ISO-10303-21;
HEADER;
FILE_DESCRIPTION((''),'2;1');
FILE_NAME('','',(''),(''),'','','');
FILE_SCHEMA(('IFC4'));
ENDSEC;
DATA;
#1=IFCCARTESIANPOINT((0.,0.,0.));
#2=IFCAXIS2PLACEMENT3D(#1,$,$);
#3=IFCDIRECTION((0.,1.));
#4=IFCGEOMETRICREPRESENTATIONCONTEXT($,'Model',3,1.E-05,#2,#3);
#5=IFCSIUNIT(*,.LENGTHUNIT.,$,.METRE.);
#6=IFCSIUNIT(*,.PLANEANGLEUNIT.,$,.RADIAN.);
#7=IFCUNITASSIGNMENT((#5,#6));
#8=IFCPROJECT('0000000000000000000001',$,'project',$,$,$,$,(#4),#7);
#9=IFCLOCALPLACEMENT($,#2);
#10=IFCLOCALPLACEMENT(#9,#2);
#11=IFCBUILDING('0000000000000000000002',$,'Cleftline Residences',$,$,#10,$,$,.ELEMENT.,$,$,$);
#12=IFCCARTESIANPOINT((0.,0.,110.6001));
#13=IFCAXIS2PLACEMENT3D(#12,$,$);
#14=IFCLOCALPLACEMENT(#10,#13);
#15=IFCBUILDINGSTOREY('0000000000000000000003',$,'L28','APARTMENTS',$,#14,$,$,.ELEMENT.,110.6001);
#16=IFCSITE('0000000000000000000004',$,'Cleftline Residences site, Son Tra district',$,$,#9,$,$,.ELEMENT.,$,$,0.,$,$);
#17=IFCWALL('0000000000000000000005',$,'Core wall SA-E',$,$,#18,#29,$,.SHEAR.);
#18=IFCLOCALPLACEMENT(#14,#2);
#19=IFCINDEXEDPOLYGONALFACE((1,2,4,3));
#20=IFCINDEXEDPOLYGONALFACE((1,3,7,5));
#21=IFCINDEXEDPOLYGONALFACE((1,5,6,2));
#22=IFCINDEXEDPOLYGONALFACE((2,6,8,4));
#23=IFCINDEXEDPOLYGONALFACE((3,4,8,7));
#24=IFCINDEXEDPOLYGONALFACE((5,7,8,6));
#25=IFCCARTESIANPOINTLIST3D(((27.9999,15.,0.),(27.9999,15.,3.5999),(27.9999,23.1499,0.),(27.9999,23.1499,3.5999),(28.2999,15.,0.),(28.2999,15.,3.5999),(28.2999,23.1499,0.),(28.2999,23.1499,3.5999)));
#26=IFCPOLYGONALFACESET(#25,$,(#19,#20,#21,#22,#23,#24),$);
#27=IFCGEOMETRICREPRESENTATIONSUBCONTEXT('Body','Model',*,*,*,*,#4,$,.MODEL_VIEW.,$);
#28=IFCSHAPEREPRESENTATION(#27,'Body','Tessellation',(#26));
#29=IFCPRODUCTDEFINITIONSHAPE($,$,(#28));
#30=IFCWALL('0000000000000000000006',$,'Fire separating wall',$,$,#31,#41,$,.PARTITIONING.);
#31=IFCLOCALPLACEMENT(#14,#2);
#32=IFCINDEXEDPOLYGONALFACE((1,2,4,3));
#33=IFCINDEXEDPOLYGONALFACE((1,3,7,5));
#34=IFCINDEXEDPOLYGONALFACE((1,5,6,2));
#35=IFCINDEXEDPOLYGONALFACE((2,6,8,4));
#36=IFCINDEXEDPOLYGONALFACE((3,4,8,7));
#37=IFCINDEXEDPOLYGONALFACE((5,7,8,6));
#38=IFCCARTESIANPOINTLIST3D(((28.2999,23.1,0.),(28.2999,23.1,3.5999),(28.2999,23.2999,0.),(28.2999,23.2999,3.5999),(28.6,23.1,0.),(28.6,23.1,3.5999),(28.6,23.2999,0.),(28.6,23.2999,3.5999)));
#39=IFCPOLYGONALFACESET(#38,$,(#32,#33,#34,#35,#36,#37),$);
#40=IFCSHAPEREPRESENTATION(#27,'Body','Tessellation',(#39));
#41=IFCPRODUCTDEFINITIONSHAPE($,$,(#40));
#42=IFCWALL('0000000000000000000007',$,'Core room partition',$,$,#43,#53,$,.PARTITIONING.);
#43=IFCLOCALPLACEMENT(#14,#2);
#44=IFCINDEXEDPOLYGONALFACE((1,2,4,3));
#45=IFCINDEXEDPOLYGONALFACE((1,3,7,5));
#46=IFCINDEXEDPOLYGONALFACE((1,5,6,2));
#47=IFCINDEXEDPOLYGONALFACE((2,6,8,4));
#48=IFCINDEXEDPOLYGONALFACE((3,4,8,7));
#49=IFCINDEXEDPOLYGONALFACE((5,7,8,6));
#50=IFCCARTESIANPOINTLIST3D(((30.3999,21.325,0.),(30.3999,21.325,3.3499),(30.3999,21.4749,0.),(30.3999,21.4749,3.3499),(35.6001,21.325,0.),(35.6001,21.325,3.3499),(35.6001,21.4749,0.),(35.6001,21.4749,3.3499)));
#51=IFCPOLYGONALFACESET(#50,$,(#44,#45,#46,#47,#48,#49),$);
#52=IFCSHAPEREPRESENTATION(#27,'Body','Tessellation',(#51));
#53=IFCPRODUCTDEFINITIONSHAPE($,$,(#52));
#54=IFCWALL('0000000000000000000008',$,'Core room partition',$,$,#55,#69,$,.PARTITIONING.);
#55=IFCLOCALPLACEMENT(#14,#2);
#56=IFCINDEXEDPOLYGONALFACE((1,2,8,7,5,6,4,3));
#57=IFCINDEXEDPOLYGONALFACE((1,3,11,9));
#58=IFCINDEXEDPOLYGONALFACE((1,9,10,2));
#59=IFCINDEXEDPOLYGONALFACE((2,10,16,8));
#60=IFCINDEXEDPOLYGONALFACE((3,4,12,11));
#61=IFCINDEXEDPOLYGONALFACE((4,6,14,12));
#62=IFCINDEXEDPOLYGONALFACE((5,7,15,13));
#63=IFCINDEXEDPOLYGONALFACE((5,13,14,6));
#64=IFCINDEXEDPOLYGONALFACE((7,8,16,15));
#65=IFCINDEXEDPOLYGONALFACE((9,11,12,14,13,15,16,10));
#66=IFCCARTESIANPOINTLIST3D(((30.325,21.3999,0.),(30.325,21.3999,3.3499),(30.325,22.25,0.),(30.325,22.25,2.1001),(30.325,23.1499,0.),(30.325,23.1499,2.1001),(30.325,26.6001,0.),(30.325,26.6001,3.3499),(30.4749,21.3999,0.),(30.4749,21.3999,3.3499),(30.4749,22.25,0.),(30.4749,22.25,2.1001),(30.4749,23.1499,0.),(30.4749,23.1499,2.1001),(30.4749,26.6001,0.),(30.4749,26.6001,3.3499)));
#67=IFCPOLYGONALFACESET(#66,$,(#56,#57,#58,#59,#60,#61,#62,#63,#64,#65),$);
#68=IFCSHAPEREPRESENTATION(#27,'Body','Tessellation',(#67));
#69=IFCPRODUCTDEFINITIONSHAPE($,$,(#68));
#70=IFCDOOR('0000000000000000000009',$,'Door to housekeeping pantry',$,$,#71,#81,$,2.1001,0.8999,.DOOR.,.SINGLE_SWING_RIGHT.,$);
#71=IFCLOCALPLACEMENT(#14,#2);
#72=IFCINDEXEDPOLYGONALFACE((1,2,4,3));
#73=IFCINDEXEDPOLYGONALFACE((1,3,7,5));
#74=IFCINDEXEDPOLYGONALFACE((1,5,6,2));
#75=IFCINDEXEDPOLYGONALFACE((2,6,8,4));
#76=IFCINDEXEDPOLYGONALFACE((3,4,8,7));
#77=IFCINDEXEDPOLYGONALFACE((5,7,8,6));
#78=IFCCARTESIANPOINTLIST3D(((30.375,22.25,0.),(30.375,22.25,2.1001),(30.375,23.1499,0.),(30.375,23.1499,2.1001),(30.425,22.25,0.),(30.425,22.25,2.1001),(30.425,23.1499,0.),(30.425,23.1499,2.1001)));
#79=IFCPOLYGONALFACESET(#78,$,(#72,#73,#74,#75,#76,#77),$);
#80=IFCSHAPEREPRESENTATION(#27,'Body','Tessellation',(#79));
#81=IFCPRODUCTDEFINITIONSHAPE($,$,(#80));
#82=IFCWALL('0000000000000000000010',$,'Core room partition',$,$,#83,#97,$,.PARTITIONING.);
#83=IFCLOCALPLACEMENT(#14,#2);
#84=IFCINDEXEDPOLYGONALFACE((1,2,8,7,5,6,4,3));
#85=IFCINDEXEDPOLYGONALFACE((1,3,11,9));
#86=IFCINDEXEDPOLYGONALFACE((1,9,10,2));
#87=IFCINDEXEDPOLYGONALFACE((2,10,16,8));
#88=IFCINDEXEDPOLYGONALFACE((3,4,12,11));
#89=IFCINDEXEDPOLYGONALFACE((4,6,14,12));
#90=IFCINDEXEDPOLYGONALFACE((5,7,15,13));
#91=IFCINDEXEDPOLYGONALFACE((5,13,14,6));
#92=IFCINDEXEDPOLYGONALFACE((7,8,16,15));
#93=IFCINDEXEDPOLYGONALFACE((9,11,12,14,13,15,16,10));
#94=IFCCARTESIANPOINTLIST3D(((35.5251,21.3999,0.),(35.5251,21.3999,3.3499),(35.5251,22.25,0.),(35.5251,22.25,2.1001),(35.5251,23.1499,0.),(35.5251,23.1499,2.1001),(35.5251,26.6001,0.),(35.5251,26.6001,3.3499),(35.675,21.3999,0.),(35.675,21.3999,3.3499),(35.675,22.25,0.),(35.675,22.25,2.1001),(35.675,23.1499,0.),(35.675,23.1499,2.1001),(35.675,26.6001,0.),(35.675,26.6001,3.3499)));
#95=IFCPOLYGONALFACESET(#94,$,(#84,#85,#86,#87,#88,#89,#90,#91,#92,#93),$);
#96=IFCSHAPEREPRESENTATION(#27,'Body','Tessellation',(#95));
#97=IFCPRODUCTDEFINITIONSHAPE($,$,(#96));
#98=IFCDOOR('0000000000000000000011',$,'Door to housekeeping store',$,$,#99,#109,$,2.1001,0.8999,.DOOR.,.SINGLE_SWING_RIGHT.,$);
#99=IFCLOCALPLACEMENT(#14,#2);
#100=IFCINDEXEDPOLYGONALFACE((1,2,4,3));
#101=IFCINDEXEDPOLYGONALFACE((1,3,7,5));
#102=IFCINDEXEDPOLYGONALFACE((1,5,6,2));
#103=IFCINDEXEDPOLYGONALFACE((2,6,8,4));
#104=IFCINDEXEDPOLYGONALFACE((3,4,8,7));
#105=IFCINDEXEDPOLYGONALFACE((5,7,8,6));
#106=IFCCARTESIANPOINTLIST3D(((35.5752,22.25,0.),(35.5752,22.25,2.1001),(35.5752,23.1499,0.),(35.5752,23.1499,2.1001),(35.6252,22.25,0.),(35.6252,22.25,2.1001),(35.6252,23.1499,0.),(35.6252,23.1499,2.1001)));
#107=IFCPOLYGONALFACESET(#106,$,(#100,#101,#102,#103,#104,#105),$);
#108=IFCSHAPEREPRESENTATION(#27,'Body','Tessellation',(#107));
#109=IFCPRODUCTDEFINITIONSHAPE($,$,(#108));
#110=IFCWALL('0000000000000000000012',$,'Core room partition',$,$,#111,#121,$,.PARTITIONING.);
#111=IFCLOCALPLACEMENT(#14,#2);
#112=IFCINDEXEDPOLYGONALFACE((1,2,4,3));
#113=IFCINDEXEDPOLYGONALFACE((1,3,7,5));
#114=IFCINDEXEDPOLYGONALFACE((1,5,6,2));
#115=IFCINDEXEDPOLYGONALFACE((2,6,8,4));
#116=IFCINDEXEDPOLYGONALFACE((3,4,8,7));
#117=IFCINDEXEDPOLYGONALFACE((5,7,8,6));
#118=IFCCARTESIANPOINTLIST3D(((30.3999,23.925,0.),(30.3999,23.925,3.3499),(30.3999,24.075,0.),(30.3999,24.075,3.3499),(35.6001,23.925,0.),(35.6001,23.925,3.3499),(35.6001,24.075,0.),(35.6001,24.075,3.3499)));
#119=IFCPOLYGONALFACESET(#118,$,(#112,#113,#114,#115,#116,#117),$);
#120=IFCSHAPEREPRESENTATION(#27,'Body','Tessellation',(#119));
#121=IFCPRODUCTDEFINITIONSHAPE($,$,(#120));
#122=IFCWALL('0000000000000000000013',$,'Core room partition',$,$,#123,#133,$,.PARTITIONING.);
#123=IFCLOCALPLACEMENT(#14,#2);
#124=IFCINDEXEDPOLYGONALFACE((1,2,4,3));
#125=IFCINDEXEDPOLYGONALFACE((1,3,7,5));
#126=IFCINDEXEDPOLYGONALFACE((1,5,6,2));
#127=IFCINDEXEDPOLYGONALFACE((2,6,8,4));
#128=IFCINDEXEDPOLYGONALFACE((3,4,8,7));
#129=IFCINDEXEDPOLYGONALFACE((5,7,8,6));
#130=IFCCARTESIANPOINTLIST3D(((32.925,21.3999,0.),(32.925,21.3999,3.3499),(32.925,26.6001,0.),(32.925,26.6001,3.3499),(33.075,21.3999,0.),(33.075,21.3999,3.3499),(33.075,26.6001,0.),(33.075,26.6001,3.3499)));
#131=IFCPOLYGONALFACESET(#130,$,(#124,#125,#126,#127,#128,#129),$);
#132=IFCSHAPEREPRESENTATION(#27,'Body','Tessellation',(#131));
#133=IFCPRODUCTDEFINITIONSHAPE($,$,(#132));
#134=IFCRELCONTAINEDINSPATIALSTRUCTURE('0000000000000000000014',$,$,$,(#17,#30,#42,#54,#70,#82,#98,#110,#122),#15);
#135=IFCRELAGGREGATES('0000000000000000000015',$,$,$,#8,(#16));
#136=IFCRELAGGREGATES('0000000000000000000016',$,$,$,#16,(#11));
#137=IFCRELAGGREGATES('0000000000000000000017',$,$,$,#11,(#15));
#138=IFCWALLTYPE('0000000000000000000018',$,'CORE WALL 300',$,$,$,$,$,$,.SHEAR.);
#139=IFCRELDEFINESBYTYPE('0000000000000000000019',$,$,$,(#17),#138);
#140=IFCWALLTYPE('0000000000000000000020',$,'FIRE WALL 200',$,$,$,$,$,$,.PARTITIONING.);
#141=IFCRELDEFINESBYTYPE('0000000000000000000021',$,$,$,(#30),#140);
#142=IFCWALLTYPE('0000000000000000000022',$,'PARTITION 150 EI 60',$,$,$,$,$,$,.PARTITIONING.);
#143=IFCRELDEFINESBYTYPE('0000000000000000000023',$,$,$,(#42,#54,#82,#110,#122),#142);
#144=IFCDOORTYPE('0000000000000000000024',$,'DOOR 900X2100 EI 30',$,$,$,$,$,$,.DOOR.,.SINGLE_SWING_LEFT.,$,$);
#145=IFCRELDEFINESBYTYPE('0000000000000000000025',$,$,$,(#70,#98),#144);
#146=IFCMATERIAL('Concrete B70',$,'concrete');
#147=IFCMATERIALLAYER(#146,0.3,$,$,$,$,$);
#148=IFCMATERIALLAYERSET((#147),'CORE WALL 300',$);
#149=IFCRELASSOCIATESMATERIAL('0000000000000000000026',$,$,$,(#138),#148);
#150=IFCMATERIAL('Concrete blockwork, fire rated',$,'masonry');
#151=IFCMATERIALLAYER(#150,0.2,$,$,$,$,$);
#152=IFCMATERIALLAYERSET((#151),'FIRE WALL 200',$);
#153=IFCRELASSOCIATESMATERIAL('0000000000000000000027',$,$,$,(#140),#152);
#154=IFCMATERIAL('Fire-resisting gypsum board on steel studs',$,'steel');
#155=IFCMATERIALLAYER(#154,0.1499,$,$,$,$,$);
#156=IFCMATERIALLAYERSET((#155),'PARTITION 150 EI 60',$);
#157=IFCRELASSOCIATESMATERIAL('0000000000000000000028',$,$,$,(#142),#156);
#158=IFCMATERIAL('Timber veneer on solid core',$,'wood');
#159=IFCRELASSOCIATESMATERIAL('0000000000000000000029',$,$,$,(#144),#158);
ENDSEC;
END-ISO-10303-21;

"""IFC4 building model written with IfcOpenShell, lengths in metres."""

from ifc_helpers import new_model, si_unit, direction, frame, frame_2d, origin, place, context, subcontext, project, spatial, rectangle, extrude, material, layer, layer_set, type_object, element, fill, save


model = new_model("IFC4")

# Units and contexts
model_context = context("Model", 3, precision=1e-05, world=origin(), true_north=direction((0.0, 1.0)))
body_context = subcontext(model_context, "Body", "Model", "MODEL_VIEW")
ifc_project = project(units=[si_unit("LENGTHUNIT", "METRE"), si_unit("PLANEANGLEUNIT", "RADIAN")], contexts=[model_context])

# Site, building, storey
site_placement = place(None, origin())
site = spatial("IfcSite", under=ifc_project, at=site_placement, Name="Cleftline Residences site, Son Tra district", CompositionType="ELEMENT", RefElevation=0.0)
building_placement = place(site_placement, origin())
building = spatial("IfcBuilding", under=site, at=building_placement, Name="Cleftline Residences", CompositionType="ELEMENT")
storey_placement = place(building_placement, frame((0.0, 0.0, 110.6001)))
storey = spatial("IfcBuildingStorey", under=building, at=storey_placement, Name="L28", Description="APARTMENTS", CompositionType="ELEMENT", Elevation=110.6001)

# Walls
ifc_material_1 = material(Name="Concrete B70", Category="concrete")
ifc_layer_1 = layer(ifc_material_1, 0.3)
ifc_layer_set_1 = layer_set([ifc_layer_1], Name="CORE WALL 300")
wall_type_1 = type_object("IfcWallType", Name="CORE WALL 300", PredefinedType="SHEAR", material=ifc_layer_set_1)
wall_1_placement = place(storey_placement, frame((28.1499, 15.0, 0.0), z_axis=(0.0, 0.0, 1.0), x_axis=(0.0, 1.0, 0.0)))
element("IfcWall", 1, at=wall_1_placement, inside=storey, type_object=wall_type_1, Name="Core wall SA-E", PredefinedType="SHEAR", context=body_context, shape_type="SweptSolid", body=[
    extrude(rectangle(XDim=8.1499, YDim=0.3, at=frame_2d((4.075, 0.0))), origin(), (0.0, 0.0, 1.0), 3.5999),
])
ifc_material_2 = material(Name="Concrete blockwork, fire rated", Category="masonry")
ifc_layer_2 = layer(ifc_material_2, 0.2)
ifc_layer_set_2 = layer_set([ifc_layer_2], Name="FIRE WALL 200")
wall_type_2 = type_object("IfcWallType", Name="FIRE WALL 200", PredefinedType="PARTITIONING", material=ifc_layer_set_2)
wall_2_placement = place(storey_placement, frame((28.3, 23.2, 0.0), z_axis=(0.0, 0.0, 1.0), x_axis=(1.0, 0.0, 0.0)))
element("IfcWall", 2, at=wall_2_placement, inside=storey, type_object=wall_type_2, Name="Fire separating wall", PredefinedType="PARTITIONING", context=body_context, shape_type="SweptSolid", body=[
    extrude(rectangle(XDim=0.3, YDim=0.2, at=frame_2d((0.1499, 0.0))), origin(), (0.0, 0.0, 1.0), 3.5999),
])
ifc_material_3 = material(Name="Fire-resisting gypsum board on steel studs", Category="steel")
ifc_layer_3 = layer(ifc_material_3, 0.1499)
ifc_layer_set_3 = layer_set([ifc_layer_3], Name="PARTITION 150 EI 60")
wall_type_3 = type_object("IfcWallType", Name="PARTITION 150 EI 60", PredefinedType="PARTITIONING", material=ifc_layer_set_3)
wall_3_placement = place(storey_placement, frame((30.3999, 21.3999, 0.0), z_axis=(0.0, 0.0, 1.0), x_axis=(1.0, 0.0, 0.0)))
element("IfcWall", 3, at=wall_3_placement, inside=storey, type_object=wall_type_3, Name="Core room partition", PredefinedType="PARTITIONING", context=body_context, shape_type="SweptSolid", body=[
    extrude(rectangle(XDim=5.2002, YDim=0.1499, at=frame_2d((2.6001, 0.0))), origin(), (0.0, 0.0, 1.0), 3.3499),
])

# Walls, openings, doors
wall_4_placement = place(storey_placement, frame((30.3999, 21.3999, 0.0), z_axis=(0.0, 0.0, 1.0), x_axis=(0.0, 1.0, 0.0)))
wall_4 = element("IfcWall", 4, at=wall_4_placement, inside=storey, type_object=wall_type_3, Name="Core room partition", PredefinedType="PARTITIONING", context=body_context, shape_type="SweptSolid", body=[
    extrude(rectangle(XDim=5.2002, YDim=0.1499, at=frame_2d((2.6001, 0.0))), origin(), (0.0, 0.0, 1.0), 3.3499),
])
opening_1_placement = place(wall_4_placement, frame((0.8501, 0.0, 0.0)))
opening_1 = element("IfcOpeningElement", 5, at=opening_1_placement, cuts=wall_4, PredefinedType="OPENING", context=body_context, shape_type="SweptSolid", body=[
    extrude(rectangle(XDim=0.8999, YDim=2.1001, at=frame_2d((0.45, 1.05))), frame((0.0, 0.085, 0.0), z_axis=(0.0, -1.0, 0.0), x_axis=(1.0, 0.0, 0.0)), (0.0, 0.0, 1.0), 0.1699),
])
ifc_material_4 = material(Name="Timber veneer on solid core", Category="wood")
door_type_1 = type_object("IfcDoorType", Name="DOOR 900X2100 EI 30", OperationType="SINGLE_SWING_LEFT", PredefinedType="DOOR", material=ifc_material_4)
door_1_placement = place(opening_1_placement, origin())
door_1 = element("IfcDoor", 6, at=door_1_placement, inside=storey, type_object=door_type_1, Name="Door to housekeeping pantry", OperationType="SINGLE_SWING_RIGHT", OverallHeight=2.1001, OverallWidth=0.8999, PredefinedType="DOOR", context=body_context, shape_type="SweptSolid", body=[
    extrude(rectangle(XDim=0.8999, YDim=2.1001, at=frame_2d((0.45, 1.05))), frame((0.0, 0.0249, 0.0), z_axis=(0.0, -1.0, 0.0), x_axis=(1.0, 0.0, 0.0)), (0.0, 0.0, 1.0), 0.05),
])
fill(opening_1, door_1)
wall_5_placement = place(storey_placement, frame((35.6001, 21.3999, 0.0), z_axis=(0.0, 0.0, 1.0), x_axis=(0.0, 1.0, 0.0)))
wall_5 = element("IfcWall", 7, at=wall_5_placement, inside=storey, type_object=wall_type_3, Name="Core room partition", PredefinedType="PARTITIONING", context=body_context, shape_type="SweptSolid", body=[
    extrude(rectangle(XDim=5.2002, YDim=0.1499, at=frame_2d((2.6001, 0.0))), origin(), (0.0, 0.0, 1.0), 3.3499),
])
opening_2_placement = place(wall_5_placement, frame((0.8501, 0.0, 0.0)))
opening_2 = element("IfcOpeningElement", 8, at=opening_2_placement, cuts=wall_5, PredefinedType="OPENING", context=body_context, shape_type="SweptSolid", body=[
    extrude(rectangle(XDim=0.8999, YDim=2.1001, at=frame_2d((0.45, 1.05))), frame((0.0, 0.085, 0.0), z_axis=(0.0, -1.0, 0.0), x_axis=(1.0, 0.0, 0.0)), (0.0, 0.0, 1.0), 0.1699),
])
door_2_placement = place(opening_2_placement, origin())
door_2 = element("IfcDoor", 9, at=door_2_placement, inside=storey, type_object=door_type_1, Name="Door to housekeeping store", OperationType="SINGLE_SWING_RIGHT", OverallHeight=2.1001, OverallWidth=0.8999, PredefinedType="DOOR", context=body_context, shape_type="SweptSolid", body=[
    extrude(rectangle(XDim=0.8999, YDim=2.1001, at=frame_2d((0.45, 1.05))), frame((0.0, 0.0249, 0.0), z_axis=(0.0, -1.0, 0.0), x_axis=(1.0, 0.0, 0.0)), (0.0, 0.0, 1.0), 0.05),
])
fill(opening_2, door_2)

# Walls
for number, where, z_axis, x_axis, name in (
    (10, (30.3999, 24.0, 0.0), (0.0, 0.0, 1.0), (1.0, 0.0, 0.0), "Core room partition"),
    (11, (33.0, 21.3999, 0.0), (0.0, 0.0, 1.0), (0.0, 1.0, 0.0), "Core room partition"),
):
    element("IfcWall", number, at=place(storey_placement, frame(where, z_axis=z_axis, x_axis=x_axis)), inside=storey, type_object=wall_type_3, Name=name, PredefinedType="PARTITIONING", context=body_context, shape_type="SweptSolid", body=[
        extrude(rectangle(XDim=5.2002, YDim=0.1499, at=frame_2d((2.6001, 0.0))), origin(), (0.0, 0.0, 1.0), 3.3499),
    ])

save(model, "model.ifc")
